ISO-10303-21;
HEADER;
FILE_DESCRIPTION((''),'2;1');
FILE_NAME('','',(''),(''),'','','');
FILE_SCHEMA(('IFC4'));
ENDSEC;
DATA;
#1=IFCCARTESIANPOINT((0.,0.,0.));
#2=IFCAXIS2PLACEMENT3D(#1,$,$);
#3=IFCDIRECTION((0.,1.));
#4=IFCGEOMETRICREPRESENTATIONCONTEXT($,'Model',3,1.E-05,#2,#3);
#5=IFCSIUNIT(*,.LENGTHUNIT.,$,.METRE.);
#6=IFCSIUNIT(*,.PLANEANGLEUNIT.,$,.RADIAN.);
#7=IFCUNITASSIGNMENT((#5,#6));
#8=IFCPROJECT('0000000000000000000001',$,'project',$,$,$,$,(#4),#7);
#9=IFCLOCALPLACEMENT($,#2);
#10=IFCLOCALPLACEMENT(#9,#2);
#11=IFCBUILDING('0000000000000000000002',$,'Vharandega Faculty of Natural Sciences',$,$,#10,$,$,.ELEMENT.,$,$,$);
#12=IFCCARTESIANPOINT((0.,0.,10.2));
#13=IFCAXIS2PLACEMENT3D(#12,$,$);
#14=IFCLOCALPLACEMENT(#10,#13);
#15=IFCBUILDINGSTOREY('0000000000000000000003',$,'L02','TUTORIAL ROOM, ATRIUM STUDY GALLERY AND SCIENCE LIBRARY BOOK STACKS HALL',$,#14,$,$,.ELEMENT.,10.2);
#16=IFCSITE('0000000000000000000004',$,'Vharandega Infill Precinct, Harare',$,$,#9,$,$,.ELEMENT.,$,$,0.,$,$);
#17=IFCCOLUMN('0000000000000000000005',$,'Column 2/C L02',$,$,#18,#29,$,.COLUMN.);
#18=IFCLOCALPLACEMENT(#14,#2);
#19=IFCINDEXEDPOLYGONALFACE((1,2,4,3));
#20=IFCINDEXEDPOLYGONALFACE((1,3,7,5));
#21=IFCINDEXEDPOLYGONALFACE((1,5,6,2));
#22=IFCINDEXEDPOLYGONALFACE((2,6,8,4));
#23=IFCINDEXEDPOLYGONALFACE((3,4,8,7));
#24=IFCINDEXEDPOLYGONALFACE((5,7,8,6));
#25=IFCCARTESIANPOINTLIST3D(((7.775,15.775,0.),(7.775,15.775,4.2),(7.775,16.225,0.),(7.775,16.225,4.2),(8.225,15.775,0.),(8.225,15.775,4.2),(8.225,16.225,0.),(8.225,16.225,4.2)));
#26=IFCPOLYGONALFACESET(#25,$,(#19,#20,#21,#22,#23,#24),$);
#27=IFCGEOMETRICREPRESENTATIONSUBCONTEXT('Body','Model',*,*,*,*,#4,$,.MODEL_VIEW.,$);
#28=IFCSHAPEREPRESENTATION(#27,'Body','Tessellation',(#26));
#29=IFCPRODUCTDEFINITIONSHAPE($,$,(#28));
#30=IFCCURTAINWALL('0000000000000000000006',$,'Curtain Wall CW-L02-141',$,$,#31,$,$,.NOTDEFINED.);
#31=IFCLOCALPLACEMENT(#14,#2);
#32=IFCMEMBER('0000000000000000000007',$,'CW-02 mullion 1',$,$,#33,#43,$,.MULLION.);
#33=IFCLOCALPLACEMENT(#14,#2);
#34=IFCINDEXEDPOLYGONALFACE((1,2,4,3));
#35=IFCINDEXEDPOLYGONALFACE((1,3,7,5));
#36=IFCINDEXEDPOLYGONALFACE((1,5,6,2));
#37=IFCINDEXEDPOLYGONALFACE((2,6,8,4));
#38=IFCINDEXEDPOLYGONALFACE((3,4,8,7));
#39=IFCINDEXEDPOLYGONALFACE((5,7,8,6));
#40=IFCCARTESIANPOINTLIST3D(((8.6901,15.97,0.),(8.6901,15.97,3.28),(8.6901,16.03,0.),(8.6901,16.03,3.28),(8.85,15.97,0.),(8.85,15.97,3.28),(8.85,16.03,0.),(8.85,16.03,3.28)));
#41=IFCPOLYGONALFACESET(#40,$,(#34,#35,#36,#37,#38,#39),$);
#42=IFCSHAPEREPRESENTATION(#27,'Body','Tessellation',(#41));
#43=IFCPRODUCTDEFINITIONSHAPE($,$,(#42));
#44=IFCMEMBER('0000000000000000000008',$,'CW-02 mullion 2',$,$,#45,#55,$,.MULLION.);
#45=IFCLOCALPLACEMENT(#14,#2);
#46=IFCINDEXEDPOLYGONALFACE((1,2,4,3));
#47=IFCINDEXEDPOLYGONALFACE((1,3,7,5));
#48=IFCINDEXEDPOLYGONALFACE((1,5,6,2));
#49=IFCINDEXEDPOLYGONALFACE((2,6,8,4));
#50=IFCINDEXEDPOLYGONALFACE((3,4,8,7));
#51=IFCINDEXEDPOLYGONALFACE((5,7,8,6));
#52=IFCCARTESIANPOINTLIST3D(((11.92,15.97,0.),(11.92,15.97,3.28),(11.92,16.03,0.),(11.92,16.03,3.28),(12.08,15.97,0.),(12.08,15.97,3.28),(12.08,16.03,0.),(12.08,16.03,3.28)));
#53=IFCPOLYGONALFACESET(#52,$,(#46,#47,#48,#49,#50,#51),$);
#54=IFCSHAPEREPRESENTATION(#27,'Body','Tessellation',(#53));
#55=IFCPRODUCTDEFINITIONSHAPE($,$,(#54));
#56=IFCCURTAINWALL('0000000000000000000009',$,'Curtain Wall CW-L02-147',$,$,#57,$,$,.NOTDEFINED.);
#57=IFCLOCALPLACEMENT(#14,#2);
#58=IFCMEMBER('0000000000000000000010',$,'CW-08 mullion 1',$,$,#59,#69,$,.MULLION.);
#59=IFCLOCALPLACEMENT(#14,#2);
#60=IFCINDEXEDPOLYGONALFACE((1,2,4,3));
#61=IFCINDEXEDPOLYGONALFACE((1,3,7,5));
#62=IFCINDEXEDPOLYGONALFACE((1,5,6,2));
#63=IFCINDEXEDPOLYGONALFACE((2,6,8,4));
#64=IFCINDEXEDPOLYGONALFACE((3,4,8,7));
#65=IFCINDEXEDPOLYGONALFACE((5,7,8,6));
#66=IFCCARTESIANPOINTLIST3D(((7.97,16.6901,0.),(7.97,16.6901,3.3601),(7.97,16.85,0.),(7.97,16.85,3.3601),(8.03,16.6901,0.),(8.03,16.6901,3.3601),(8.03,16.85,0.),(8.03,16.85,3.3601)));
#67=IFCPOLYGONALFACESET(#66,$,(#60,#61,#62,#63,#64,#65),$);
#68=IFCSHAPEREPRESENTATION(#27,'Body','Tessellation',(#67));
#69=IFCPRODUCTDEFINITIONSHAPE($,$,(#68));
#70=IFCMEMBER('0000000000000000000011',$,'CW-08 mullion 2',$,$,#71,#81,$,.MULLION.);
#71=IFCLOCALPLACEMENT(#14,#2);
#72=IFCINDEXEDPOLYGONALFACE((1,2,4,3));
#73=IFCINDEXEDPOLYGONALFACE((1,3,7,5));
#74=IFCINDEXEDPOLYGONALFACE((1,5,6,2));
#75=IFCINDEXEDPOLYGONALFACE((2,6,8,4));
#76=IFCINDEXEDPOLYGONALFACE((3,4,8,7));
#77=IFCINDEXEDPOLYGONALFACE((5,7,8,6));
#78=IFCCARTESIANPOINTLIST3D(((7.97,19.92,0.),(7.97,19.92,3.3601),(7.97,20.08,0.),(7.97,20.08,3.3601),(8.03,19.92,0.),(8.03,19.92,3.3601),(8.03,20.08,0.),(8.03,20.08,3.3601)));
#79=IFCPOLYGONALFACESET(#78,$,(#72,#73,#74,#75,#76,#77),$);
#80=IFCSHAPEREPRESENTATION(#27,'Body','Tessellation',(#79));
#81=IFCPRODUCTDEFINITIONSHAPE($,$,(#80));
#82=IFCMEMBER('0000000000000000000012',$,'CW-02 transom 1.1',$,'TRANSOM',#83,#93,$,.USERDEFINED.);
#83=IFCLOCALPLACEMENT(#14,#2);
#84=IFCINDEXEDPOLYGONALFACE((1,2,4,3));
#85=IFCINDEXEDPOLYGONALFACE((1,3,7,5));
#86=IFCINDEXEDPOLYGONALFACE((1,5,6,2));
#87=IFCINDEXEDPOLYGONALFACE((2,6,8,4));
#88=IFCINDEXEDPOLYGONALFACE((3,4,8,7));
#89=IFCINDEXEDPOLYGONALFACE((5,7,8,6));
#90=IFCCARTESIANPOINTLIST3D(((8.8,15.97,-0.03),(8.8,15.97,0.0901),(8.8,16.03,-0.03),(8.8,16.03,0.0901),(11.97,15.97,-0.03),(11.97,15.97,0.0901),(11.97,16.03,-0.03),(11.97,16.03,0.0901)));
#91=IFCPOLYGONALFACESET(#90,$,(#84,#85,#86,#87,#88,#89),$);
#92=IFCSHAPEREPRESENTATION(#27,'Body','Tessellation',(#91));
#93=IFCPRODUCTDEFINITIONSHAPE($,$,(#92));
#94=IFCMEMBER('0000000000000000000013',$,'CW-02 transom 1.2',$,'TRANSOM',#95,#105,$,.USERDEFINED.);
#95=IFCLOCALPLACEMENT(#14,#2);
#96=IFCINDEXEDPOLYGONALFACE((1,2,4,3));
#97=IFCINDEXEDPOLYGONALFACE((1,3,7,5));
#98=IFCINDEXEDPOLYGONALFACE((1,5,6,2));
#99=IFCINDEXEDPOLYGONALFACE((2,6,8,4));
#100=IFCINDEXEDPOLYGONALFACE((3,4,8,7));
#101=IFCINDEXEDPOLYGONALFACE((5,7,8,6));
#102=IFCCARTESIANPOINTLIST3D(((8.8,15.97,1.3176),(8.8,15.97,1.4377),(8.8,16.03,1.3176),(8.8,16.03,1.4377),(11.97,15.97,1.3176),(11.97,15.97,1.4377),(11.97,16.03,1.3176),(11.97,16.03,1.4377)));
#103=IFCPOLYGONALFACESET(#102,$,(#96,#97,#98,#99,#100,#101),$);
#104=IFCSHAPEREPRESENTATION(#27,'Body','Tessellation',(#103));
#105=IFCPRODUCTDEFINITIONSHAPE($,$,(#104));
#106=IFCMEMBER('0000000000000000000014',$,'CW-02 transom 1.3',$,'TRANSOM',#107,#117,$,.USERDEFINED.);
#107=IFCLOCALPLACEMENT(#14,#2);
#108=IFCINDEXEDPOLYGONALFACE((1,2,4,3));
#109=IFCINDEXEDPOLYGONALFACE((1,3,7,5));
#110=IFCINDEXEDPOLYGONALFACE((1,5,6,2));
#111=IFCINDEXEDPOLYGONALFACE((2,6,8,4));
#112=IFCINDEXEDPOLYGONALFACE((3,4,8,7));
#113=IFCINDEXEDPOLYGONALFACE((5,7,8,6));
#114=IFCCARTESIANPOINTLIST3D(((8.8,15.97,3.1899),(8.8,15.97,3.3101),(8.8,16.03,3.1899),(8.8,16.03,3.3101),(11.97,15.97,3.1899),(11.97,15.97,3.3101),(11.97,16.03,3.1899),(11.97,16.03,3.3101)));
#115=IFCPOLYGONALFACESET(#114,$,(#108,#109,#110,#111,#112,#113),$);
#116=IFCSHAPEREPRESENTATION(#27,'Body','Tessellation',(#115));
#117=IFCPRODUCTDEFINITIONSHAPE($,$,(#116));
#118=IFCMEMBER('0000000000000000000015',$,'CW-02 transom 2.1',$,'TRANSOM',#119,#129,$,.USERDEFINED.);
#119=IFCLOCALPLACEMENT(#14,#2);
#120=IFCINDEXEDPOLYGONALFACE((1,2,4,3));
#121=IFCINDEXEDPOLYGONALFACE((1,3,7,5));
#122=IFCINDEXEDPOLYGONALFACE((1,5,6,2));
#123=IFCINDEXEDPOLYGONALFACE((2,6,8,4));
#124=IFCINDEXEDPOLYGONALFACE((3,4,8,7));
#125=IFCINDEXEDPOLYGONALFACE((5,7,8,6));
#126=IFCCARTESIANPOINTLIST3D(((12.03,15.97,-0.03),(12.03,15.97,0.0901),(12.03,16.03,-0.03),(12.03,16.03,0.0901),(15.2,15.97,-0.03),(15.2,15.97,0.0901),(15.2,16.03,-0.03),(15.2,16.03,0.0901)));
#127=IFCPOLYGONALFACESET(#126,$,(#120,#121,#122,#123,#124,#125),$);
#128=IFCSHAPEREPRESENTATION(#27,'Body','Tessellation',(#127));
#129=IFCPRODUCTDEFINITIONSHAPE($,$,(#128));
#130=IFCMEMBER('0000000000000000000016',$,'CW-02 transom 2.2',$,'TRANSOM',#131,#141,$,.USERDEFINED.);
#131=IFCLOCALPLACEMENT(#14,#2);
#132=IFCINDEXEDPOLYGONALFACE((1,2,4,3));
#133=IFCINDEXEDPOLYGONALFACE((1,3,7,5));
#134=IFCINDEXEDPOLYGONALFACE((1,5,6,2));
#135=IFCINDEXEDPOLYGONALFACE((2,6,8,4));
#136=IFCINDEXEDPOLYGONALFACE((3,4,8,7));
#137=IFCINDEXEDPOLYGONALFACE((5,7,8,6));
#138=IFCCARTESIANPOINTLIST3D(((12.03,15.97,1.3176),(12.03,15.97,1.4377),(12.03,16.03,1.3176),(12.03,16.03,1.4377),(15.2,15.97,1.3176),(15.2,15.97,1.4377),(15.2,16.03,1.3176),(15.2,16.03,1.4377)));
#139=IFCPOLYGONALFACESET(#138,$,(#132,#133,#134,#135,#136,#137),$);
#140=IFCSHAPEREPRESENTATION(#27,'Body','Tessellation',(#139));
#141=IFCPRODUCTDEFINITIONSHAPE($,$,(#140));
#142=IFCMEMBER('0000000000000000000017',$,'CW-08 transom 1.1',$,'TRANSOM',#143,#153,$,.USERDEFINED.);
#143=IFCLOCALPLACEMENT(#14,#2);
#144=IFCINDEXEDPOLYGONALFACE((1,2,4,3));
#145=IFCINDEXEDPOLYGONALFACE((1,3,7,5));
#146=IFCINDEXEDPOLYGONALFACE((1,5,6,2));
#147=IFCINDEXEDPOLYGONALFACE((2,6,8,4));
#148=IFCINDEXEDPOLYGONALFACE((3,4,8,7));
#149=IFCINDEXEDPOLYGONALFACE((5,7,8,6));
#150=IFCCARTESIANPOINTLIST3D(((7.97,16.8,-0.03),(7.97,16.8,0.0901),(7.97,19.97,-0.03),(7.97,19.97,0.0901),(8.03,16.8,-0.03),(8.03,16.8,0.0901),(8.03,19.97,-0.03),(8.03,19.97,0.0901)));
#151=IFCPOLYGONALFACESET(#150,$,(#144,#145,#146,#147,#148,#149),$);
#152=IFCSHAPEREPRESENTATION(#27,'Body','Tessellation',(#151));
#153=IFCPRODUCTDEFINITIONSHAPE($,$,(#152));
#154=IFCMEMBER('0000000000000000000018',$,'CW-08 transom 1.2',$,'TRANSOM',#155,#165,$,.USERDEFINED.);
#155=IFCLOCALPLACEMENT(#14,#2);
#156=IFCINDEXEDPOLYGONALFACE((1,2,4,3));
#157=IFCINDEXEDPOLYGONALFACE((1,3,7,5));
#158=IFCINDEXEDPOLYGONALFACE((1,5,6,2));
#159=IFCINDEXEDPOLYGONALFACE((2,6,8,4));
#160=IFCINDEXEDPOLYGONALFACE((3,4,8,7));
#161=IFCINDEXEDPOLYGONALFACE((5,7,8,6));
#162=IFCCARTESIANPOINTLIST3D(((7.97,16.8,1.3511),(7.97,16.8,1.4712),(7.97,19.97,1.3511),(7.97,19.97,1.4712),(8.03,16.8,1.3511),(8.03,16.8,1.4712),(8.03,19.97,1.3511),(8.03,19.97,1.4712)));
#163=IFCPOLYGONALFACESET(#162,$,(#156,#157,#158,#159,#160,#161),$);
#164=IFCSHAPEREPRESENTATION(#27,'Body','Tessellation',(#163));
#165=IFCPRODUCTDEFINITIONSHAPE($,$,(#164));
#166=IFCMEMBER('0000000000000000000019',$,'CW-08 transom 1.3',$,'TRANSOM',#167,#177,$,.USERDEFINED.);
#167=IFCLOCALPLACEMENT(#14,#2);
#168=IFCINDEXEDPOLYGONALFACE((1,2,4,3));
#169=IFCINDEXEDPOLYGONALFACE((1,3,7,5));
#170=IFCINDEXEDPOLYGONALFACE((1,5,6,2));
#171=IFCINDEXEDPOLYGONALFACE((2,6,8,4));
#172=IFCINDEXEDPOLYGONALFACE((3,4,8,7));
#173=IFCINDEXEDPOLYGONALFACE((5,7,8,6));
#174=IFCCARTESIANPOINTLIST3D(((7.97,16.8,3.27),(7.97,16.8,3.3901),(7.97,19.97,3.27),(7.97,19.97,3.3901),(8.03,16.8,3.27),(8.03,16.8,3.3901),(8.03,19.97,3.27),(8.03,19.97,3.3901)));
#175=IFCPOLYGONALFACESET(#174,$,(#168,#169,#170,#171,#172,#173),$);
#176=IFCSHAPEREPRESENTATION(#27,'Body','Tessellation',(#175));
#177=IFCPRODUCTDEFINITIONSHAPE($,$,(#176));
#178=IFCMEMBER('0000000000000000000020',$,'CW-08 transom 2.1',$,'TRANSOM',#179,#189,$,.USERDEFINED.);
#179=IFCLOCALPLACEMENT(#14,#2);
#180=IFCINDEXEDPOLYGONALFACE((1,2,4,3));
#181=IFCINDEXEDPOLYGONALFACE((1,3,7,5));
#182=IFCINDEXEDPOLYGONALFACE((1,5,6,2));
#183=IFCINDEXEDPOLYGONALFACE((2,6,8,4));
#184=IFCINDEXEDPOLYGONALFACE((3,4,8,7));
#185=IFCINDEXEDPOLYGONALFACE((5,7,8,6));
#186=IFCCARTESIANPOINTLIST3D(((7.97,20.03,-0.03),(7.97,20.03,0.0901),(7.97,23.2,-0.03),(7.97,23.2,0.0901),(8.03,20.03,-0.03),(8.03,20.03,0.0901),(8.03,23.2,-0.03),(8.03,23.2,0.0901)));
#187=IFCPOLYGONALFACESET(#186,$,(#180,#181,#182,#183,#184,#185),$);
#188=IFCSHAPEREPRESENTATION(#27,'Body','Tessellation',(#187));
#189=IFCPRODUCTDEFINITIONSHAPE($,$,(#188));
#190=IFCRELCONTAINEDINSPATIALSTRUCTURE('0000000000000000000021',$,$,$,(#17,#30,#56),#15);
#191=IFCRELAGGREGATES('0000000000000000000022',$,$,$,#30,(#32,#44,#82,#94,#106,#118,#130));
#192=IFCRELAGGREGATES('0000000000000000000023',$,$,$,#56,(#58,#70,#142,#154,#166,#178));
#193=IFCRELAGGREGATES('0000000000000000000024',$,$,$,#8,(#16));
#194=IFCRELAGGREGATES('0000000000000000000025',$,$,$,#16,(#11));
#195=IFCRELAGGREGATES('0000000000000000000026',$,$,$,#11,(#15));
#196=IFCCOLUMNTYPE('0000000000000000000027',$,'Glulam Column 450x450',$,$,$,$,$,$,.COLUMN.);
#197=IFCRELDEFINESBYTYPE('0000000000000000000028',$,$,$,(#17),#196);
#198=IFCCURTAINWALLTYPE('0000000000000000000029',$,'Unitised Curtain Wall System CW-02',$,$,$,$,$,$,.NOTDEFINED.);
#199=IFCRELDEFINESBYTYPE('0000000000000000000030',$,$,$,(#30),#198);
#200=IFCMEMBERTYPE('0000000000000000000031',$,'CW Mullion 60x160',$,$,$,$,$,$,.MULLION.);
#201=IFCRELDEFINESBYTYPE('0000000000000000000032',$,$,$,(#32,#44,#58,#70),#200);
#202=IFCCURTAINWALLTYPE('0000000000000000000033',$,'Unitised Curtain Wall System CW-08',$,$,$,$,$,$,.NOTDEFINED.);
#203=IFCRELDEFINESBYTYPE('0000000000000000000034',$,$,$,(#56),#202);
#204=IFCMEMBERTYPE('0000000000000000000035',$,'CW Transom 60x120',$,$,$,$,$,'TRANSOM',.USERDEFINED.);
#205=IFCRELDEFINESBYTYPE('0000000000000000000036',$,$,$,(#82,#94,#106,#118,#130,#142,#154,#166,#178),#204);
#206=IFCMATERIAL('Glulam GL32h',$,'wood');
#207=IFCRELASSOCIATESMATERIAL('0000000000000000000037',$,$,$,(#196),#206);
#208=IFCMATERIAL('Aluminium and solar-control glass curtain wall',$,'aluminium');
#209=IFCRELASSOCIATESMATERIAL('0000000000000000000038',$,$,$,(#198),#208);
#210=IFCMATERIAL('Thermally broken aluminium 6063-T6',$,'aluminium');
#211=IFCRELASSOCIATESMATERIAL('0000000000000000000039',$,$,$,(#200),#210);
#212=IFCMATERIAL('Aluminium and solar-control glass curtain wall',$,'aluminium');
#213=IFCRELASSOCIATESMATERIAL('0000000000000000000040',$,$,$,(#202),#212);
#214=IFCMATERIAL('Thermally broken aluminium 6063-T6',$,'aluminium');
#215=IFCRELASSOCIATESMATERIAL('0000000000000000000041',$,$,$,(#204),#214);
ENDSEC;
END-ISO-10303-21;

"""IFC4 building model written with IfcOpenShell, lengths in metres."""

from ifc_helpers import new_model, si_unit, direction, frame, origin, origin_2d, place, context, subcontext, project, spatial, rectangle, extrude, material, material_profile, profile_set, type_object, element, aggregate, save


model = new_model("IFC4")

# Units and contexts
model_context = context("Model", 3, precision=1e-05, world=origin(), true_north=direction((0.0, 1.0)))
body_context = subcontext(model_context, "Body", "Model", "MODEL_VIEW")
ifc_project = project(units=[si_unit("LENGTHUNIT", "METRE"), si_unit("PLANEANGLEUNIT", "RADIAN")], contexts=[model_context])

# Site, building, storey
site_placement = place(None, origin())
site = spatial("IfcSite", under=ifc_project, at=site_placement, Name="Vharandega Infill Precinct, Harare", CompositionType="ELEMENT", RefElevation=0.0)
building_placement = place(site_placement, origin())
building = spatial("IfcBuilding", under=site, at=building_placement, Name="Vharandega Faculty of Natural Sciences", CompositionType="ELEMENT")
storey_placement = place(building_placement, frame((0.0, 0.0, 10.2)))
storey = spatial("IfcBuildingStorey", under=building, at=storey_placement, Name="L02", Description="TUTORIAL ROOM, ATRIUM STUDY GALLERY AND SCIENCE LIBRARY BOOK STACKS HALL", CompositionType="ELEMENT", Elevation=10.2)

# Column
ifc_material_1 = material(Name="Glulam GL32h", Category="wood")
ifc_material_profile_1 = material_profile(ifc_material_1, rectangle(XDim=0.45, YDim=0.45, at=origin_2d()), Name="GL32h 450x450")
ifc_profile_set_1 = profile_set([ifc_material_profile_1], Name="Glulam GL32h")
column_type = type_object("IfcColumnType", Name="Glulam Column 450x450", PredefinedType="COLUMN", material=ifc_profile_set_1)
column_placement = place(storey_placement, frame((8.0, 16.0, 0.0), z_axis=(0.0, 0.0, 1.0), x_axis=(1.0, 0.0, 0.0)))
element("IfcColumn", 1, at=column_placement, inside=storey, type_object=column_type, Name="Column 2/C L02", PredefinedType="COLUMN", context=body_context, shape_type="SweptSolid", body=[
    extrude(rectangle(XDim=0.45, YDim=0.45, at=origin_2d()), origin(), (0.0, 0.0, 1.0), 4.2),
])

# Curtain walls, members
ifc_material_2 = material(Name="Aluminium and solar-control glass curtain wall", Category="aluminium")
curtain_wall_type_1 = type_object("IfcCurtainWallType", Name="Unitised Curtain Wall System CW-02", PredefinedType="NOTDEFINED", material=ifc_material_2)
curtain_wall_1_placement = place(storey_placement, origin())
curtain_wall_1 = element("IfcCurtainWall", 2, at=curtain_wall_1_placement, inside=storey, type_object=curtain_wall_type_1, Name="Curtain Wall CW-L02-141", PredefinedType="NOTDEFINED")
ifc_material_3 = material(Name="Thermally broken aluminium 6063-T6", Category="aluminium")
ifc_material_profile_2 = material_profile(ifc_material_3, rectangle(XDim=0.0601, YDim=0.1599, at=origin_2d()), Name="ALU 60x160")
ifc_profile_set_2 = profile_set([ifc_material_profile_2], Name="Thermally broken aluminium 6063-T6")
member_type_1 = type_object("IfcMemberType", Name="CW Mullion 60x160", PredefinedType="MULLION", material=ifc_profile_set_2)
member_1_placement = place(storey_placement, frame((8.77, 16.0, 0.0), z_axis=(0.0, 0.0, 1.0), x_axis=(0.0, 1.0, 0.0)))
member_1 = element("IfcMember", 3, at=member_1_placement, type_object=member_type_1, Name="CW-02 mullion 1", PredefinedType="MULLION", context=body_context, shape_type="SweptSolid", body=[
    extrude(rectangle(XDim=0.0601, YDim=0.1599, at=origin_2d()), origin(), (0.0, 0.0, 1.0), 3.28),
])
member_2_placement = place(storey_placement, frame((12.0, 16.0, 0.0), z_axis=(0.0, 0.0, 1.0), x_axis=(0.0, 1.0, 0.0)))
member_2 = element("IfcMember", 4, at=member_2_placement, type_object=member_type_1, Name="CW-02 mullion 2", PredefinedType="MULLION", context=body_context, shape_type="SweptSolid", body=[
    extrude(rectangle(XDim=0.0601, YDim=0.1599, at=origin_2d()), origin(), (0.0, 0.0, 1.0), 3.28),
])
ifc_material_4 = material(Name="Aluminium and solar-control glass curtain wall", Category="aluminium")
curtain_wall_type_2 = type_object("IfcCurtainWallType", Name="Unitised Curtain Wall System CW-08", PredefinedType="NOTDEFINED", material=ifc_material_4)
curtain_wall_2_placement = place(storey_placement, origin())
curtain_wall_2 = element("IfcCurtainWall", 5, at=curtain_wall_2_placement, inside=storey, type_object=curtain_wall_type_2, Name="Curtain Wall CW-L02-147", PredefinedType="NOTDEFINED")
member_3_placement = place(storey_placement, frame((8.0, 16.77, 0.0), z_axis=(0.0, 0.0, 1.0), x_axis=(-1.0, 0.0, 0.0)))
member_3 = element("IfcMember", 6, at=member_3_placement, type_object=member_type_1, Name="CW-08 mullion 1", PredefinedType="MULLION", context=body_context, shape_type="SweptSolid", body=[
    extrude(rectangle(XDim=0.0601, YDim=0.1599, at=origin_2d()), origin(), (0.0, 0.0, 1.0), 3.3601),
])
member_4_placement = place(storey_placement, frame((8.0, 20.0, 0.0), z_axis=(0.0, 0.0, 1.0), x_axis=(-1.0, 0.0, 0.0)))
member_4 = element("IfcMember", 7, at=member_4_placement, type_object=member_type_1, Name="CW-08 mullion 2", PredefinedType="MULLION", context=body_context, shape_type="SweptSolid", body=[
    extrude(rectangle(XDim=0.0601, YDim=0.1599, at=origin_2d()), origin(), (0.0, 0.0, 1.0), 3.3601),
])

# Members
ifc_material_5 = material(Name="Thermally broken aluminium 6063-T6", Category="aluminium")
ifc_material_profile_3 = material_profile(ifc_material_5, rectangle(XDim=0.0601, YDim=0.1201, at=origin_2d()), Name="ALU 60x120")
ifc_profile_set_3 = profile_set([ifc_material_profile_3], Name="Thermally broken aluminium 6063-T6")
member_type_2 = type_object("IfcMemberType", Name="CW Transom 60x120", ElementType="TRANSOM", PredefinedType="USERDEFINED", material=ifc_profile_set_3)
member_5_placement = place(storey_placement, frame((8.8, 16.0, 0.03), z_axis=(1.0, 0.0, 0.0), x_axis=(0.0, 1.0, 0.0)))
member_5 = element("IfcMember", 8, at=member_5_placement, type_object=member_type_2, Name="CW-02 transom 1.1", ObjectType="TRANSOM", PredefinedType="USERDEFINED", context=body_context, shape_type="SweptSolid", body=[
    extrude(rectangle(XDim=0.0601, YDim=0.1201, at=origin_2d()), origin(), (0.0, 0.0, 1.0), 3.1699),
])
member_6_placement = place(storey_placement, frame((8.8, 16.0, 1.3777), z_axis=(1.0, 0.0, 0.0), x_axis=(0.0, 1.0, 0.0)))
member_6 = element("IfcMember", 9, at=member_6_placement, type_object=member_type_2, Name="CW-02 transom 1.2", ObjectType="TRANSOM", PredefinedType="USERDEFINED", context=body_context, shape_type="SweptSolid", body=[
    extrude(rectangle(XDim=0.0601, YDim=0.1201, at=origin_2d()), origin(), (0.0, 0.0, 1.0), 3.1699),
])
member_7_placement = place(storey_placement, frame((8.8, 16.0, 3.25), z_axis=(1.0, 0.0, 0.0), x_axis=(0.0, 1.0, 0.0)))
member_7 = element("IfcMember", 10, at=member_7_placement, type_object=member_type_2, Name="CW-02 transom 1.3", ObjectType="TRANSOM", PredefinedType="USERDEFINED", context=body_context, shape_type="SweptSolid", body=[
    extrude(rectangle(XDim=0.0601, YDim=0.1201, at=origin_2d()), origin(), (0.0, 0.0, 1.0), 3.1699),
])
member_8_placement = place(storey_placement, frame((12.03, 16.0, 0.03), z_axis=(1.0, 0.0, 0.0), x_axis=(0.0, 1.0, 0.0)))
member_8 = element("IfcMember", 11, at=member_8_placement, type_object=member_type_2, Name="CW-02 transom 2.1", ObjectType="TRANSOM", PredefinedType="USERDEFINED", context=body_context, shape_type="SweptSolid", body=[
    extrude(rectangle(XDim=0.0601, YDim=0.1201, at=origin_2d()), origin(), (0.0, 0.0, 1.0), 3.1699),
])
member_9_placement = place(storey_placement, frame((12.03, 16.0, 1.3777), z_axis=(1.0, 0.0, 0.0), x_axis=(0.0, 1.0, 0.0)))
member_9 = element("IfcMember", 12, at=member_9_placement, type_object=member_type_2, Name="CW-02 transom 2.2", ObjectType="TRANSOM", PredefinedType="USERDEFINED", context=body_context, shape_type="SweptSolid", body=[
    extrude(rectangle(XDim=0.0601, YDim=0.1201, at=origin_2d()), origin(), (0.0, 0.0, 1.0), 3.1699),
])
member_10_placement = place(storey_placement, frame((8.0, 16.8, 0.03), z_axis=(0.0, 1.0, 0.0), x_axis=(-1.0, 0.0, 0.0)))
member_10 = element("IfcMember", 13, at=member_10_placement, type_object=member_type_2, Name="CW-08 transom 1.1", ObjectType="TRANSOM", PredefinedType="USERDEFINED", context=body_context, shape_type="SweptSolid", body=[
    extrude(rectangle(XDim=0.0601, YDim=0.1201, at=origin_2d()), origin(), (0.0, 0.0, 1.0), 3.1699),
])
member_11_placement = place(storey_placement, frame((8.0, 16.8, 1.4111), z_axis=(0.0, 1.0, 0.0), x_axis=(-1.0, 0.0, 0.0)))
member_11 = element("IfcMember", 14, at=member_11_placement, type_object=member_type_2, Name="CW-08 transom 1.2", ObjectType="TRANSOM", PredefinedType="USERDEFINED", context=body_context, shape_type="SweptSolid", body=[
    extrude(rectangle(XDim=0.0601, YDim=0.1201, at=origin_2d()), origin(), (0.0, 0.0, 1.0), 3.1699),
])
member_12_placement = place(storey_placement, frame((8.0, 16.8, 3.3301), z_axis=(0.0, 1.0, 0.0), x_axis=(-1.0, 0.0, 0.0)))
member_12 = element("IfcMember", 15, at=member_12_placement, type_object=member_type_2, Name="CW-08 transom 1.3", ObjectType="TRANSOM", PredefinedType="USERDEFINED", context=body_context, shape_type="SweptSolid", body=[
    extrude(rectangle(XDim=0.0601, YDim=0.1201, at=origin_2d()), origin(), (0.0, 0.0, 1.0), 3.1699),
])
member_13_placement = place(storey_placement, frame((8.0, 20.03, 0.03), z_axis=(0.0, 1.0, 0.0), x_axis=(-1.0, 0.0, 0.0)))
member_13 = element("IfcMember", 16, at=member_13_placement, type_object=member_type_2, Name="CW-08 transom 2.1", ObjectType="TRANSOM", PredefinedType="USERDEFINED", context=body_context, shape_type="SweptSolid", body=[
    extrude(rectangle(XDim=0.0601, YDim=0.1201, at=origin_2d()), origin(), (0.0, 0.0, 1.0), 3.1699),
])

aggregate(curtain_wall_1, [member_1, member_2, member_5, member_6, member_7, member_8, member_9])
aggregate(curtain_wall_2, [member_3, member_4, member_10, member_11, member_12, member_13])

save(model, "model.ifc")
